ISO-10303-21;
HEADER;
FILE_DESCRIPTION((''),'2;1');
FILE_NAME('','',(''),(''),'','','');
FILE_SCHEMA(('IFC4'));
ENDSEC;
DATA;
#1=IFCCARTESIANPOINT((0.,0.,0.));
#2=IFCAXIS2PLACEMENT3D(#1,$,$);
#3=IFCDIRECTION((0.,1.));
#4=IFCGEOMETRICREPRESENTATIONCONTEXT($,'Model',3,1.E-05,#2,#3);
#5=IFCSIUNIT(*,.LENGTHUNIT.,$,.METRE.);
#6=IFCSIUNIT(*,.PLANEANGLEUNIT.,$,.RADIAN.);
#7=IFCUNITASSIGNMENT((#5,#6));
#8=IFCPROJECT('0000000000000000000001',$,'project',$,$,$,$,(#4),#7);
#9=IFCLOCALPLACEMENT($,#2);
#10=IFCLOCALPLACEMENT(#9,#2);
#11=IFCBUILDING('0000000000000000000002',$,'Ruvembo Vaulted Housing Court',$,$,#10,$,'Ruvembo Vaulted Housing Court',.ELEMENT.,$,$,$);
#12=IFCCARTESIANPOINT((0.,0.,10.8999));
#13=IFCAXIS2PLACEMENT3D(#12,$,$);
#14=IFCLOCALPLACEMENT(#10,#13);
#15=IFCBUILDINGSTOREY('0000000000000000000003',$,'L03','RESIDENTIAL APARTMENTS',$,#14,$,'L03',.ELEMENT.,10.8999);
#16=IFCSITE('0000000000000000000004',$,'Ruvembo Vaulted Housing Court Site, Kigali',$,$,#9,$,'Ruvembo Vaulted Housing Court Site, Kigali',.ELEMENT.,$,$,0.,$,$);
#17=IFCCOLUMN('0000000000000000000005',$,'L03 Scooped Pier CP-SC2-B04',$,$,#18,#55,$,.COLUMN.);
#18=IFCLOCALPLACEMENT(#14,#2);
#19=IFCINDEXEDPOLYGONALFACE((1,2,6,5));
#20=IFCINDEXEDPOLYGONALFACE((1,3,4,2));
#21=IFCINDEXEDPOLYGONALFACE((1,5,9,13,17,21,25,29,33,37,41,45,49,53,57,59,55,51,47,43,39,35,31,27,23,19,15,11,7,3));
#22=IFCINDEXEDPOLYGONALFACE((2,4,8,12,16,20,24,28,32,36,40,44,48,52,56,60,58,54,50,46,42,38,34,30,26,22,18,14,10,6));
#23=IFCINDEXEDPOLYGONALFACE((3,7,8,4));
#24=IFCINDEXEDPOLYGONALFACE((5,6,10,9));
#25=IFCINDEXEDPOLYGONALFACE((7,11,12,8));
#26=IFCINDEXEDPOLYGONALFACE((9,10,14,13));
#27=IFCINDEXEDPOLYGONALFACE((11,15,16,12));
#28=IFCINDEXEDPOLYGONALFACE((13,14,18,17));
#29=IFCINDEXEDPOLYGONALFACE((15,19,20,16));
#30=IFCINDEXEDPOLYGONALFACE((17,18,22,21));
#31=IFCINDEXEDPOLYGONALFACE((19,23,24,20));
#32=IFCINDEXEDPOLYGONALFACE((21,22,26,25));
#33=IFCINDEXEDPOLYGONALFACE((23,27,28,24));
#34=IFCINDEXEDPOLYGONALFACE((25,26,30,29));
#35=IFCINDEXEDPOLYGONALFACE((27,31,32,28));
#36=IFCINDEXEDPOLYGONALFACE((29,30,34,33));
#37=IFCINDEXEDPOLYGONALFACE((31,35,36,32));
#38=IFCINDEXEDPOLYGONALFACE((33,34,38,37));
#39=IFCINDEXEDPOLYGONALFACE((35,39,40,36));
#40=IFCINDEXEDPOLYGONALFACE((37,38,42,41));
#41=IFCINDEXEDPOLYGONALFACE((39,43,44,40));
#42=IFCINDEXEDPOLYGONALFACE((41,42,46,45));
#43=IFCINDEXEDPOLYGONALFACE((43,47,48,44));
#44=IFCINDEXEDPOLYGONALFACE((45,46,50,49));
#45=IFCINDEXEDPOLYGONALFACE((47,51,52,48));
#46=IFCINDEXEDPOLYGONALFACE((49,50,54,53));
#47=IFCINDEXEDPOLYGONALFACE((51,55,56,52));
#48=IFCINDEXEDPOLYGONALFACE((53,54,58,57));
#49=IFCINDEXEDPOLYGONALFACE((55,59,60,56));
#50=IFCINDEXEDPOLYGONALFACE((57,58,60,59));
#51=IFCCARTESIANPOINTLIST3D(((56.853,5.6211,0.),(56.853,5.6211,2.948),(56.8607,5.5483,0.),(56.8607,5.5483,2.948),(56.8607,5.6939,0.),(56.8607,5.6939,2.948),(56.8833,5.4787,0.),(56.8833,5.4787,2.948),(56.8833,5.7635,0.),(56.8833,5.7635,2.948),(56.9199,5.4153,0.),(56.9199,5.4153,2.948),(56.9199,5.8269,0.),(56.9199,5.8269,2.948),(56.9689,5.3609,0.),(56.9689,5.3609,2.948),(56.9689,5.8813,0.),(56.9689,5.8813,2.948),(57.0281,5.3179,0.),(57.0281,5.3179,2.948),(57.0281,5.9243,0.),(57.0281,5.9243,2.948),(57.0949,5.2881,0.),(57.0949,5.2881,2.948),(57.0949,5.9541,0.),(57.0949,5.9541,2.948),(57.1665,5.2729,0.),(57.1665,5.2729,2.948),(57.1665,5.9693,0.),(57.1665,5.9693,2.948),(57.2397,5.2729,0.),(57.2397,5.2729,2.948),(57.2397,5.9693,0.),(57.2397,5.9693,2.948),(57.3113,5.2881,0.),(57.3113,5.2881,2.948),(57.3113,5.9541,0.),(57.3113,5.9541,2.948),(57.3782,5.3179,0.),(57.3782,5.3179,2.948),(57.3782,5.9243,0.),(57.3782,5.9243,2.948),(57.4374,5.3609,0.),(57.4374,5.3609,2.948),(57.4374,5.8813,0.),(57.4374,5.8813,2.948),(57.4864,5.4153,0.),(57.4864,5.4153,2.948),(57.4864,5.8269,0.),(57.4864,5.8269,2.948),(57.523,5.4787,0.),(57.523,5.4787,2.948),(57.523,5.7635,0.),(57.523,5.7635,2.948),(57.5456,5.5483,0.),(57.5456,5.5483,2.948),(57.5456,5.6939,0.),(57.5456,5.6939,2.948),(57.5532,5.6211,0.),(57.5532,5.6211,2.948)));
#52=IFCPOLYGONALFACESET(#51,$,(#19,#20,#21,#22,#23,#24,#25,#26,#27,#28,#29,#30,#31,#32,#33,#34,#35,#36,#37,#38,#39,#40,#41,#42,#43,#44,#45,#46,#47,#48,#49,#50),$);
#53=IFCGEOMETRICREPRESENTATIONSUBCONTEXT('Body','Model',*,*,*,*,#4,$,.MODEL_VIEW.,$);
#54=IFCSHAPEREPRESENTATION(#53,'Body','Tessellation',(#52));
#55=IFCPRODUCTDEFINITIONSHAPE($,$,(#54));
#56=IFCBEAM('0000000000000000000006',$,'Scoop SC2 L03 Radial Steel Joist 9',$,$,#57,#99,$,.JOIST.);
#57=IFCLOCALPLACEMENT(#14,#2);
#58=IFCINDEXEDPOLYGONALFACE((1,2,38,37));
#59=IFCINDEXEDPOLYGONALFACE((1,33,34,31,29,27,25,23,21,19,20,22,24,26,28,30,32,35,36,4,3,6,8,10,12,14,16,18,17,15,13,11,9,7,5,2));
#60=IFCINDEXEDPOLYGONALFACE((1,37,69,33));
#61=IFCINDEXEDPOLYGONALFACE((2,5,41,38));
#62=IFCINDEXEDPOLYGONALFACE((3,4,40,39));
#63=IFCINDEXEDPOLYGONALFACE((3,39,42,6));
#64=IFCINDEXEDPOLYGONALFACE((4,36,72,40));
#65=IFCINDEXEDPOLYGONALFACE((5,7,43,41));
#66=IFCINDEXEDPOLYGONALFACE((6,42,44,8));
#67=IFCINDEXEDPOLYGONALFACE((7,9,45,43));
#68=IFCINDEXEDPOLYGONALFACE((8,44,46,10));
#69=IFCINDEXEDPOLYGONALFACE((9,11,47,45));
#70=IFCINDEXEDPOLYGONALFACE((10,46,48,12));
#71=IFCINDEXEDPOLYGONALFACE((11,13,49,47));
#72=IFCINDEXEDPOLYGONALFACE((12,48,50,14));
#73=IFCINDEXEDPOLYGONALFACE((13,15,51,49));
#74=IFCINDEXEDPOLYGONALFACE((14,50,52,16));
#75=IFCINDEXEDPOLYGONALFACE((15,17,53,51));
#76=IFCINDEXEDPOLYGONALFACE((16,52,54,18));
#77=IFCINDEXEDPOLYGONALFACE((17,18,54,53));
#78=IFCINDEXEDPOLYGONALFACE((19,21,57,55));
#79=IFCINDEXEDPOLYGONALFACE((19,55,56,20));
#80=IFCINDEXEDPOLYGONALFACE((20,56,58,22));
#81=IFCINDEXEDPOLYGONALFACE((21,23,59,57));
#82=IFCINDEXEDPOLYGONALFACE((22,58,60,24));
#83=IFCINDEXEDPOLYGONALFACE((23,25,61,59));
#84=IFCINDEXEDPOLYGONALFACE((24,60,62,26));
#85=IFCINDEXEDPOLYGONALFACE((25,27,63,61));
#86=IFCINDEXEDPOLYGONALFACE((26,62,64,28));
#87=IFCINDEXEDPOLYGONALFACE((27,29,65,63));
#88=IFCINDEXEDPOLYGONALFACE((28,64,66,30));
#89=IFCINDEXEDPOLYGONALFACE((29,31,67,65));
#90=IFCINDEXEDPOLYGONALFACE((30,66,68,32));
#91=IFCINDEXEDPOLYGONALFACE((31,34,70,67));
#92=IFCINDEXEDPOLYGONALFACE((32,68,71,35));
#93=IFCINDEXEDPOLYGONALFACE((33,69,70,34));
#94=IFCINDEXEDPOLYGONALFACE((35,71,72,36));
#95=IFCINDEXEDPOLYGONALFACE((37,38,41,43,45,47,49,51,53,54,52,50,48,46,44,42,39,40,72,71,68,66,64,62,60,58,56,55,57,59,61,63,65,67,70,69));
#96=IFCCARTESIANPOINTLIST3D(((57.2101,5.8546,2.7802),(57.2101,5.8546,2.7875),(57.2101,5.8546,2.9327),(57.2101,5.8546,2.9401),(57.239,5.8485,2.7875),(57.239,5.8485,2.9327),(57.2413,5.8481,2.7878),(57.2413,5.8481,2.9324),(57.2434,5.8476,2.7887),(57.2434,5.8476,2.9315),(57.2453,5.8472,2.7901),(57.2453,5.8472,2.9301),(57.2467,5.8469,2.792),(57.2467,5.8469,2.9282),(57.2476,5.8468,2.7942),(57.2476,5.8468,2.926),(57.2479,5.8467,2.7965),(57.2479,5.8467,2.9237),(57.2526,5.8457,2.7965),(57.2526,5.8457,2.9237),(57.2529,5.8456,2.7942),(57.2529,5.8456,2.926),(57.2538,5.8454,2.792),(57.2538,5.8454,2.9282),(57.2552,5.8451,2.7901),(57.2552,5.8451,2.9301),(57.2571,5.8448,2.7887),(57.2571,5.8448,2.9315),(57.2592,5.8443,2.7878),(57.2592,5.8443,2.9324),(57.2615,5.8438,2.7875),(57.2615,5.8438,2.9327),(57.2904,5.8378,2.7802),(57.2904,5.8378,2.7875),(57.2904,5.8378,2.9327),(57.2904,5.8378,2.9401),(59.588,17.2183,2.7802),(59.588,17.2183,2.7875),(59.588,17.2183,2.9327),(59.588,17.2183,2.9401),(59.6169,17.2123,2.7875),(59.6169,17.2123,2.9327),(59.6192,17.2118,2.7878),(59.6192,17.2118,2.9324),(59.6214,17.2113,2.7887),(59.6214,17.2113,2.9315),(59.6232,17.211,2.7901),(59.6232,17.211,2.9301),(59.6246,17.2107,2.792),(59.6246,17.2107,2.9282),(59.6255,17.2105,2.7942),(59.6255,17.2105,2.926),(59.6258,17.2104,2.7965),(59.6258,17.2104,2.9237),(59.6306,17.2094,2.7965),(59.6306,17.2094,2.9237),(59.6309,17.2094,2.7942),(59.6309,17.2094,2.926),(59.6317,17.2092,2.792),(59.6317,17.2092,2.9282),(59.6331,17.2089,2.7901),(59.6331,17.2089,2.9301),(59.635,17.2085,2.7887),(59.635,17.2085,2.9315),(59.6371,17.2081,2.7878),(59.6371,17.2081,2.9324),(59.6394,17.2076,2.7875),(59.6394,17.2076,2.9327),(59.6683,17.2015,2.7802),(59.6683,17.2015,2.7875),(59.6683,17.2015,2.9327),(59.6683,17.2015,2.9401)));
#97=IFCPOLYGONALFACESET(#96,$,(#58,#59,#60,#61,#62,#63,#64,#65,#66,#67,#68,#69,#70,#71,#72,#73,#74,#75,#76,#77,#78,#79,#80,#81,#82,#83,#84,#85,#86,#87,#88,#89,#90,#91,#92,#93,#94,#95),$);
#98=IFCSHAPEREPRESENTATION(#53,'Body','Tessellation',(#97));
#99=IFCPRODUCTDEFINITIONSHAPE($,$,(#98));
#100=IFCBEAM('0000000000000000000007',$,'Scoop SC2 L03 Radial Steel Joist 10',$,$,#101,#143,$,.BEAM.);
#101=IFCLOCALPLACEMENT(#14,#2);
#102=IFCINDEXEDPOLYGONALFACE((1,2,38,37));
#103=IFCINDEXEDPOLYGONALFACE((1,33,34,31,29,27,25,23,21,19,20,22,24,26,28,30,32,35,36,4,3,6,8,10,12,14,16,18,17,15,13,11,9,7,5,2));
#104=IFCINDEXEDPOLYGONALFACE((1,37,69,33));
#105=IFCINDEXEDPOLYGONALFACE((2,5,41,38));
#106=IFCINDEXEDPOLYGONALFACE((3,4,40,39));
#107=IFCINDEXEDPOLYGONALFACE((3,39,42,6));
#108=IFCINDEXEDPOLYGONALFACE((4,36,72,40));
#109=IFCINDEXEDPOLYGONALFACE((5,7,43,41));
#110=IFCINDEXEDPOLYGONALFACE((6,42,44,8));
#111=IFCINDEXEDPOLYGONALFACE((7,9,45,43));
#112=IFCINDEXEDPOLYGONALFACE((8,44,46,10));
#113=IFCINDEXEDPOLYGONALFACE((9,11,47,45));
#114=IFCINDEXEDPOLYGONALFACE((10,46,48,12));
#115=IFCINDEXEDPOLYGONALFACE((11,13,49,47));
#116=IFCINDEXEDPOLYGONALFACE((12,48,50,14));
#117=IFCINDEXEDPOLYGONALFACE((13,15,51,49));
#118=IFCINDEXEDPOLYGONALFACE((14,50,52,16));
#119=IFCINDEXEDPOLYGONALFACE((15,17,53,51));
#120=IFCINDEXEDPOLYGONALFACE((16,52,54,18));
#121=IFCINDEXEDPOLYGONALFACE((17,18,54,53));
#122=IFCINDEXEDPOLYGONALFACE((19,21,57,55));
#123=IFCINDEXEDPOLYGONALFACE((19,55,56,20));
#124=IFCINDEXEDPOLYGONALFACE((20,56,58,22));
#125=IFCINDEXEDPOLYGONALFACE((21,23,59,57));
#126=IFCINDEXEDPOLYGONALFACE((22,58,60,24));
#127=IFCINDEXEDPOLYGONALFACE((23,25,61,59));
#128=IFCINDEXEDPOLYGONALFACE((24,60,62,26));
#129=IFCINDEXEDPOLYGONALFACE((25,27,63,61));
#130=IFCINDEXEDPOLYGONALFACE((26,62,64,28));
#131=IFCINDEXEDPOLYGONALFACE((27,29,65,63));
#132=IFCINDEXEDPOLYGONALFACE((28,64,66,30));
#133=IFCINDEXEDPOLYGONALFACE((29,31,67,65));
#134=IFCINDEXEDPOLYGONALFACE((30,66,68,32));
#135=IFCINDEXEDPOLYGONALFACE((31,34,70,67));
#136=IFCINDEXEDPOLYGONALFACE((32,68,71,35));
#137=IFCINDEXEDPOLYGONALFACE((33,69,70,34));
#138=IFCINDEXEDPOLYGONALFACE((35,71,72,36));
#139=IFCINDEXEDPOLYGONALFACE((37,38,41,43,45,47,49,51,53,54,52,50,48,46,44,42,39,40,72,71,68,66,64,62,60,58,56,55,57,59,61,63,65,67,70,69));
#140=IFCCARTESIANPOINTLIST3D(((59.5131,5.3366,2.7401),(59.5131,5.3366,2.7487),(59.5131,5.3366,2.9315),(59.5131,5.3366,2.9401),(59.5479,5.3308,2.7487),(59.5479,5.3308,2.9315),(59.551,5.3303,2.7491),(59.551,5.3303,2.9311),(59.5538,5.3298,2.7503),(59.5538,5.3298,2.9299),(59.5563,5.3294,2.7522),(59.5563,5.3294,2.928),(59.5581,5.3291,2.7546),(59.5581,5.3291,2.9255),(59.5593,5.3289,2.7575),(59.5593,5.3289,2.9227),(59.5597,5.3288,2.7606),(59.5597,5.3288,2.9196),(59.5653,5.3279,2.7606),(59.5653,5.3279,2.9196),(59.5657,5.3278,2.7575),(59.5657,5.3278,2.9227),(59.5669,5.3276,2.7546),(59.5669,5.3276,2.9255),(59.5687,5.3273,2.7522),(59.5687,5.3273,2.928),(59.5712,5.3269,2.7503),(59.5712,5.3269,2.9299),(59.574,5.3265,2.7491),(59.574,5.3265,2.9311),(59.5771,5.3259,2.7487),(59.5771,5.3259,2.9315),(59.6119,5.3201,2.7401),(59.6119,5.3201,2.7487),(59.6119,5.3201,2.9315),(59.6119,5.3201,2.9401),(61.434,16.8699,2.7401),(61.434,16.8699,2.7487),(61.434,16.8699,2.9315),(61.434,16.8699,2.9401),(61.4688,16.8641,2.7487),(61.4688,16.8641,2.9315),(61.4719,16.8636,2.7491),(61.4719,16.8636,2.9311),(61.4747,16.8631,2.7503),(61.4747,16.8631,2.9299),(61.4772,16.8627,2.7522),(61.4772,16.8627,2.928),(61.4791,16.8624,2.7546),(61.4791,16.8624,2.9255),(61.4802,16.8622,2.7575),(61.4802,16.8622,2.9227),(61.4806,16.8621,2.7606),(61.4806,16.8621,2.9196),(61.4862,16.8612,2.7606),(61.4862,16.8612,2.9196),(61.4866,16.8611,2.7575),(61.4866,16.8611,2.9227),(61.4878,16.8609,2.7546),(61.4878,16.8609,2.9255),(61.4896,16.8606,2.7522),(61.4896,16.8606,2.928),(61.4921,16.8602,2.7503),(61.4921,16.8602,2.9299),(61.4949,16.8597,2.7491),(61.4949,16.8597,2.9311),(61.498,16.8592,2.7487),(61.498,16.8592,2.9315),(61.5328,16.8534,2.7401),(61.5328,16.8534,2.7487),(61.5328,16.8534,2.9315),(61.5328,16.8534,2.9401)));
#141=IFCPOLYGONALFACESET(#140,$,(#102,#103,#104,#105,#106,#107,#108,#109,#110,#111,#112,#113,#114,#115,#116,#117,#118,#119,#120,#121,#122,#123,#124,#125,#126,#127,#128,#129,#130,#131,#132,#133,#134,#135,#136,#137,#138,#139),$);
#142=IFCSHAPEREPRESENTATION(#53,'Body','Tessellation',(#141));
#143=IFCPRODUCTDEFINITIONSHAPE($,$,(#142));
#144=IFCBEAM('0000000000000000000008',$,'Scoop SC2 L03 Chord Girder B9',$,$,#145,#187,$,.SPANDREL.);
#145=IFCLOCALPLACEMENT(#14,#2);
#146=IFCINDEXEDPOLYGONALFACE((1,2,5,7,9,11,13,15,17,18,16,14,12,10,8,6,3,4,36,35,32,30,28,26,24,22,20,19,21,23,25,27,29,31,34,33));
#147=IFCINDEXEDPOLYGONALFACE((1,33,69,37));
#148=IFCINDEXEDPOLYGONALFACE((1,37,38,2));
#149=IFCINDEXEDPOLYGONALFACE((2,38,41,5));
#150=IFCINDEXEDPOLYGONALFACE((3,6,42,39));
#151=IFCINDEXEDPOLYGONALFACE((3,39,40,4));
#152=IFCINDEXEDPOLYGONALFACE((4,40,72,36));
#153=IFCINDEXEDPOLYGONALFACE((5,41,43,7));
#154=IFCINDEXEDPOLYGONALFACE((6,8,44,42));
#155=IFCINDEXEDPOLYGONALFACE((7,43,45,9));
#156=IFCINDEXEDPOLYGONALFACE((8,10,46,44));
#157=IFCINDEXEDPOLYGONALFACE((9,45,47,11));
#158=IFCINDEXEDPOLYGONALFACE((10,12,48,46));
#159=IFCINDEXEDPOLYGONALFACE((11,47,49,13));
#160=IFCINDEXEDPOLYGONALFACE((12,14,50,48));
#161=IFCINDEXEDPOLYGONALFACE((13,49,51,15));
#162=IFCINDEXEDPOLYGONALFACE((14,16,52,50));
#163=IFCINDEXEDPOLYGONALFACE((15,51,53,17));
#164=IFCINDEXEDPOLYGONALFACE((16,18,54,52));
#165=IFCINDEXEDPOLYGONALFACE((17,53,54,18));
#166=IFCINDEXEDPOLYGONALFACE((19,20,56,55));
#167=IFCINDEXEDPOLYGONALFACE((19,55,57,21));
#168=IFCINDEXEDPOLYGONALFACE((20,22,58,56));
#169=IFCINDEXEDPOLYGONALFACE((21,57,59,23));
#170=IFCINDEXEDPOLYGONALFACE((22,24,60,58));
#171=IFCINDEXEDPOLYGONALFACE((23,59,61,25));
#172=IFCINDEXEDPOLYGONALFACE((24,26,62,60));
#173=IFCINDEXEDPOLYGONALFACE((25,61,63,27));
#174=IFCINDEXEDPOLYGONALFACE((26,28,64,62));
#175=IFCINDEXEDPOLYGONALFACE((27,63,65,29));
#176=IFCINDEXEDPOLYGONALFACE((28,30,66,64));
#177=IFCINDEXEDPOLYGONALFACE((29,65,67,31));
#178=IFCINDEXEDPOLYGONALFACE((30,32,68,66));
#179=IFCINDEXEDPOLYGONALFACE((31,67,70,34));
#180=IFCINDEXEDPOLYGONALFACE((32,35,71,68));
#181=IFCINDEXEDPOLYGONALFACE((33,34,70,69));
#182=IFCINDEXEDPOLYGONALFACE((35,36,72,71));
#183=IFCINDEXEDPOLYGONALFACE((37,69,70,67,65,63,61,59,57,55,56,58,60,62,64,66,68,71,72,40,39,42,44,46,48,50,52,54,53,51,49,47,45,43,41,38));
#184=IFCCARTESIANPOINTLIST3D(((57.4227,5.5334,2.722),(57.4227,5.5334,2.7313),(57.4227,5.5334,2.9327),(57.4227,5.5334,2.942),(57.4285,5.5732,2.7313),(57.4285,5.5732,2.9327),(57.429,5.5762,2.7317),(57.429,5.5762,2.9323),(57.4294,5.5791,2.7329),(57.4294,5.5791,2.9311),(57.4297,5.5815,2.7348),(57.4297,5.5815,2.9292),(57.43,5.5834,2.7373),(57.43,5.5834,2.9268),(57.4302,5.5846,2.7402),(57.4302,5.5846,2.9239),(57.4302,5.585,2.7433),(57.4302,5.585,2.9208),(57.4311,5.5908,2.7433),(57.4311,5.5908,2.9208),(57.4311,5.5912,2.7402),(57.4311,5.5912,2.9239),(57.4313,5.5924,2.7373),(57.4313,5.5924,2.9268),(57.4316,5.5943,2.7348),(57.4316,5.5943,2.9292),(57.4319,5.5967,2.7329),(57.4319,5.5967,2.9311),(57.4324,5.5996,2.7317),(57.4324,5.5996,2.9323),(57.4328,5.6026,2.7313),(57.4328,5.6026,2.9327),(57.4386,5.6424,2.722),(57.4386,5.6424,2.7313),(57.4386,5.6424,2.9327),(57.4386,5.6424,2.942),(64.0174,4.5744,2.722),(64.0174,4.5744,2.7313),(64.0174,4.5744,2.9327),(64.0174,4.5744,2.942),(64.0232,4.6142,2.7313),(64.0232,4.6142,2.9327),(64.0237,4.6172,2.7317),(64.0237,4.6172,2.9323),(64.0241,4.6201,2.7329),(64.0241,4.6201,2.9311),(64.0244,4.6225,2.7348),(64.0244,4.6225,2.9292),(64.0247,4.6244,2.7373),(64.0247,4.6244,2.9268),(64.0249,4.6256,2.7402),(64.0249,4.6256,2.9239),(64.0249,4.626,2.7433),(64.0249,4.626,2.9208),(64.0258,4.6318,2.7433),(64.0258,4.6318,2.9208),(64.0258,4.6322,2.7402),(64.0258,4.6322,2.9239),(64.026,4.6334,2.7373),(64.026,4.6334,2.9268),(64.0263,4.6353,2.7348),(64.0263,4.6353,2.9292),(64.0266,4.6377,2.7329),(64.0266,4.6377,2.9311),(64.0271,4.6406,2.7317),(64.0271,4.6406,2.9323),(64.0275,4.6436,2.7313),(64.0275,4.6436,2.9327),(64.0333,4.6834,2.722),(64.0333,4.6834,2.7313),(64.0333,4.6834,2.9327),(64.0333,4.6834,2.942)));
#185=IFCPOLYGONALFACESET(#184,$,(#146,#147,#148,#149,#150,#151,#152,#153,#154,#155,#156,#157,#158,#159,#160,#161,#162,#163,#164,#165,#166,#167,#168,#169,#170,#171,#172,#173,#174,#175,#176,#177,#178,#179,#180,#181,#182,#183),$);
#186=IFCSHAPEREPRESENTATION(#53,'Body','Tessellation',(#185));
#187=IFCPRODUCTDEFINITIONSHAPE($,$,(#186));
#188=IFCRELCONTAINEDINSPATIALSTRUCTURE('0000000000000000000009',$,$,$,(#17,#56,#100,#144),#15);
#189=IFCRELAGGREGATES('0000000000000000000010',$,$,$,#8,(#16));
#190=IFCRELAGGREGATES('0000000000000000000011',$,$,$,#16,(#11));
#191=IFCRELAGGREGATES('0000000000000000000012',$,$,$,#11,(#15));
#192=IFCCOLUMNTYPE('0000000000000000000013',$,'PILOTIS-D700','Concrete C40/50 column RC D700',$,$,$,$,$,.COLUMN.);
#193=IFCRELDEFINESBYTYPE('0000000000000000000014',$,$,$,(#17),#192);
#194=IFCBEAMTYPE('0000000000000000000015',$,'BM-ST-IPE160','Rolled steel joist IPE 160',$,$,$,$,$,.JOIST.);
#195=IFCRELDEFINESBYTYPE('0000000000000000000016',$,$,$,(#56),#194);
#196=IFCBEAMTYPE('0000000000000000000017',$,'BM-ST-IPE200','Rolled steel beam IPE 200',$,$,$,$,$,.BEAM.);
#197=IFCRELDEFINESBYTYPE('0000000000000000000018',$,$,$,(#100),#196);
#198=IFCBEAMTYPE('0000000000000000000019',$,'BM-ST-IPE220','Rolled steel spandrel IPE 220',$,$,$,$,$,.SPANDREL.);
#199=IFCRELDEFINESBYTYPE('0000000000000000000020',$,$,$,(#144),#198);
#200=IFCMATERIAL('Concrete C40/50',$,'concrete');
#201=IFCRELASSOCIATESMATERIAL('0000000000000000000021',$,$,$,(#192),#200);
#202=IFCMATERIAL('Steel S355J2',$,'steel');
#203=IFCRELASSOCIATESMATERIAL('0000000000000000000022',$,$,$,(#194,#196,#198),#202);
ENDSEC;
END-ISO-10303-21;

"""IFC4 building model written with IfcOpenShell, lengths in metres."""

from ifc_helpers import new_model, si_unit, direction, frame, origin, origin_2d, place, context, subcontext, project, spatial, circle, i_section, extrude, material, material_profile, profile_set, type_object, element, save


model = new_model("IFC4")

# Units and contexts
model_context = context("Model", 3, precision=1e-05, world=origin(), true_north=direction((0.0, 1.0)))
body_context = subcontext(model_context, "Body", "Model", "MODEL_VIEW")
ifc_project = project(units=[si_unit("LENGTHUNIT", "METRE"), si_unit("PLANEANGLEUNIT", "RADIAN")], contexts=[model_context])

# Site, building, storey
site_placement = place(None, origin())
site = spatial("IfcSite", under=ifc_project, at=site_placement, Name="Ruvembo Vaulted Housing Court Site, Kigali", LongName="Ruvembo Vaulted Housing Court Site, Kigali", CompositionType="ELEMENT", RefElevation=0.0)
building_placement = place(site_placement, origin())
building = spatial("IfcBuilding", under=site, at=building_placement, Name="Ruvembo Vaulted Housing Court", LongName="Ruvembo Vaulted Housing Court", CompositionType="ELEMENT")
storey_placement = place(building_placement, frame((0.0, 0.0, 10.8999)))
storey = spatial("IfcBuildingStorey", under=building, at=storey_placement, Name="L03", Description="RESIDENTIAL APARTMENTS", LongName="L03", CompositionType="ELEMENT", Elevation=10.8999)

# Column
ifc_material_1 = material(Name="Concrete C40/50", Category="concrete")
ifc_material_profile_1 = material_profile(ifc_material_1, circle(Radius=0.3501, at=origin_2d()), Name="RC D700")
ifc_profile_set_1 = profile_set([ifc_material_profile_1], Name="Concrete C40/50")
column_type = type_object("IfcColumnType", Name="PILOTIS-D700", Description="Concrete C40/50 column RC D700", PredefinedType="COLUMN", material=ifc_profile_set_1)
column_placement = place(storey_placement, frame((57.2031, 5.6211, 0.0), z_axis=(0.0, 0.0, 1.0), x_axis=(1.0, 0.0, 0.0)))
element("IfcColumn", 1, at=column_placement, inside=storey, type_object=column_type, Name="L03 Scooped Pier CP-SC2-B04", PredefinedType="COLUMN", context=body_context, shape_type="SweptSolid", body=[
    extrude(circle(Radius=0.3501, at=origin_2d()), origin(), (0.0, 0.0, 1.0), 2.948),
])

# Beams
ifc_material_2 = material(Name="Steel S355J2", Category="steel")
ifc_material_profile_2 = material_profile(ifc_material_2, i_section(OverallWidth=0.082, OverallDepth=0.1599, WebThickness=0.0049, FlangeThickness=0.0073, FilletRadius=0.009, at=origin_2d()), Name="IPE 160")
ifc_profile_set_2 = profile_set([ifc_material_profile_2], Name="Steel S355J2")
beam_type_1 = type_object("IfcBeamType", Name="BM-ST-IPE160", Description="Rolled steel joist IPE 160", PredefinedType="JOIST", material=ifc_profile_set_2)
beam_1_placement = place(storey_placement, frame((57.2502, 5.8462, 2.8601), z_axis=(0.204819, 0.9788, 0.0), x_axis=(-0.9788, 0.204819, 0.0)))
element("IfcBeam", 2, at=beam_1_placement, inside=storey, type_object=beam_type_1, Name="Scoop SC2 L03 Radial Steel Joist 9", PredefinedType="JOIST", context=body_context, shape_type="SweptSolid", body=[
    extrude(i_section(OverallWidth=0.082, OverallDepth=0.1599, WebThickness=0.0049, FlangeThickness=0.0073, FilletRadius=0.009, at=origin_2d()), origin(), (0.0, 0.0, 1.0), 11.6099),
])
ifc_material_profile_3 = material_profile(ifc_material_2, i_section(OverallWidth=0.1001, OverallDepth=0.2, WebThickness=0.0056, FlangeThickness=0.0085, FilletRadius=0.012, at=origin_2d()), Name="IPE 200")
ifc_profile_set_3 = profile_set([ifc_material_profile_3], Name="Steel S355J2")
beam_type_2 = type_object("IfcBeamType", Name="BM-ST-IPE200", Description="Rolled steel beam IPE 200", PredefinedType="BEAM", material=ifc_profile_set_3)
beam_2_placement = place(storey_placement, frame((59.5625, 5.3284, 2.8401), z_axis=(0.164291, 0.986412, 0.0), x_axis=(-0.986412, 0.164291, 0.0)))
element("IfcBeam", 3, at=beam_2_placement, inside=storey, type_object=beam_type_2, Name="Scoop SC2 L03 Radial Steel Joist 10", PredefinedType="BEAM", context=body_context, shape_type="SweptSolid", body=[
    extrude(i_section(OverallWidth=0.1001, OverallDepth=0.2, WebThickness=0.0056, FlangeThickness=0.0085, FilletRadius=0.012, at=origin_2d()), origin(), (0.0, 0.0, 1.0), 11.6921),
])
ifc_material_profile_4 = material_profile(ifc_material_2, i_section(OverallWidth=0.1101, OverallDepth=0.22, WebThickness=0.0059, FlangeThickness=0.0093, FilletRadius=0.012, at=origin_2d()), Name="IPE 220")
ifc_profile_set_4 = profile_set([ifc_material_profile_4], Name="Steel S355J2")
beam_type_3 = type_object("IfcBeamType", Name="BM-ST-IPE220", Description="Rolled steel spandrel IPE 220", PredefinedType="SPANDREL", material=ifc_profile_set_4)
beam_3_placement = place(storey_placement, frame((57.4307, 5.5879, 2.832), z_axis=(0.989592, -0.143903, 0.0), x_axis=(0.143903, 0.989592, 0.0)))
element("IfcBeam", 4, at=beam_3_placement, inside=storey, type_object=beam_type_3, Name="Scoop SC2 L03 Chord Girder B9", PredefinedType="SPANDREL", context=body_context, shape_type="SweptSolid", body=[
    extrude(i_section(OverallWidth=0.1101, OverallDepth=0.22, WebThickness=0.0059, FlangeThickness=0.0093, FilletRadius=0.012, at=origin_2d()), origin(), (0.0, 0.0, 1.0), 6.6641),
])

save(model, "model.ifc")
